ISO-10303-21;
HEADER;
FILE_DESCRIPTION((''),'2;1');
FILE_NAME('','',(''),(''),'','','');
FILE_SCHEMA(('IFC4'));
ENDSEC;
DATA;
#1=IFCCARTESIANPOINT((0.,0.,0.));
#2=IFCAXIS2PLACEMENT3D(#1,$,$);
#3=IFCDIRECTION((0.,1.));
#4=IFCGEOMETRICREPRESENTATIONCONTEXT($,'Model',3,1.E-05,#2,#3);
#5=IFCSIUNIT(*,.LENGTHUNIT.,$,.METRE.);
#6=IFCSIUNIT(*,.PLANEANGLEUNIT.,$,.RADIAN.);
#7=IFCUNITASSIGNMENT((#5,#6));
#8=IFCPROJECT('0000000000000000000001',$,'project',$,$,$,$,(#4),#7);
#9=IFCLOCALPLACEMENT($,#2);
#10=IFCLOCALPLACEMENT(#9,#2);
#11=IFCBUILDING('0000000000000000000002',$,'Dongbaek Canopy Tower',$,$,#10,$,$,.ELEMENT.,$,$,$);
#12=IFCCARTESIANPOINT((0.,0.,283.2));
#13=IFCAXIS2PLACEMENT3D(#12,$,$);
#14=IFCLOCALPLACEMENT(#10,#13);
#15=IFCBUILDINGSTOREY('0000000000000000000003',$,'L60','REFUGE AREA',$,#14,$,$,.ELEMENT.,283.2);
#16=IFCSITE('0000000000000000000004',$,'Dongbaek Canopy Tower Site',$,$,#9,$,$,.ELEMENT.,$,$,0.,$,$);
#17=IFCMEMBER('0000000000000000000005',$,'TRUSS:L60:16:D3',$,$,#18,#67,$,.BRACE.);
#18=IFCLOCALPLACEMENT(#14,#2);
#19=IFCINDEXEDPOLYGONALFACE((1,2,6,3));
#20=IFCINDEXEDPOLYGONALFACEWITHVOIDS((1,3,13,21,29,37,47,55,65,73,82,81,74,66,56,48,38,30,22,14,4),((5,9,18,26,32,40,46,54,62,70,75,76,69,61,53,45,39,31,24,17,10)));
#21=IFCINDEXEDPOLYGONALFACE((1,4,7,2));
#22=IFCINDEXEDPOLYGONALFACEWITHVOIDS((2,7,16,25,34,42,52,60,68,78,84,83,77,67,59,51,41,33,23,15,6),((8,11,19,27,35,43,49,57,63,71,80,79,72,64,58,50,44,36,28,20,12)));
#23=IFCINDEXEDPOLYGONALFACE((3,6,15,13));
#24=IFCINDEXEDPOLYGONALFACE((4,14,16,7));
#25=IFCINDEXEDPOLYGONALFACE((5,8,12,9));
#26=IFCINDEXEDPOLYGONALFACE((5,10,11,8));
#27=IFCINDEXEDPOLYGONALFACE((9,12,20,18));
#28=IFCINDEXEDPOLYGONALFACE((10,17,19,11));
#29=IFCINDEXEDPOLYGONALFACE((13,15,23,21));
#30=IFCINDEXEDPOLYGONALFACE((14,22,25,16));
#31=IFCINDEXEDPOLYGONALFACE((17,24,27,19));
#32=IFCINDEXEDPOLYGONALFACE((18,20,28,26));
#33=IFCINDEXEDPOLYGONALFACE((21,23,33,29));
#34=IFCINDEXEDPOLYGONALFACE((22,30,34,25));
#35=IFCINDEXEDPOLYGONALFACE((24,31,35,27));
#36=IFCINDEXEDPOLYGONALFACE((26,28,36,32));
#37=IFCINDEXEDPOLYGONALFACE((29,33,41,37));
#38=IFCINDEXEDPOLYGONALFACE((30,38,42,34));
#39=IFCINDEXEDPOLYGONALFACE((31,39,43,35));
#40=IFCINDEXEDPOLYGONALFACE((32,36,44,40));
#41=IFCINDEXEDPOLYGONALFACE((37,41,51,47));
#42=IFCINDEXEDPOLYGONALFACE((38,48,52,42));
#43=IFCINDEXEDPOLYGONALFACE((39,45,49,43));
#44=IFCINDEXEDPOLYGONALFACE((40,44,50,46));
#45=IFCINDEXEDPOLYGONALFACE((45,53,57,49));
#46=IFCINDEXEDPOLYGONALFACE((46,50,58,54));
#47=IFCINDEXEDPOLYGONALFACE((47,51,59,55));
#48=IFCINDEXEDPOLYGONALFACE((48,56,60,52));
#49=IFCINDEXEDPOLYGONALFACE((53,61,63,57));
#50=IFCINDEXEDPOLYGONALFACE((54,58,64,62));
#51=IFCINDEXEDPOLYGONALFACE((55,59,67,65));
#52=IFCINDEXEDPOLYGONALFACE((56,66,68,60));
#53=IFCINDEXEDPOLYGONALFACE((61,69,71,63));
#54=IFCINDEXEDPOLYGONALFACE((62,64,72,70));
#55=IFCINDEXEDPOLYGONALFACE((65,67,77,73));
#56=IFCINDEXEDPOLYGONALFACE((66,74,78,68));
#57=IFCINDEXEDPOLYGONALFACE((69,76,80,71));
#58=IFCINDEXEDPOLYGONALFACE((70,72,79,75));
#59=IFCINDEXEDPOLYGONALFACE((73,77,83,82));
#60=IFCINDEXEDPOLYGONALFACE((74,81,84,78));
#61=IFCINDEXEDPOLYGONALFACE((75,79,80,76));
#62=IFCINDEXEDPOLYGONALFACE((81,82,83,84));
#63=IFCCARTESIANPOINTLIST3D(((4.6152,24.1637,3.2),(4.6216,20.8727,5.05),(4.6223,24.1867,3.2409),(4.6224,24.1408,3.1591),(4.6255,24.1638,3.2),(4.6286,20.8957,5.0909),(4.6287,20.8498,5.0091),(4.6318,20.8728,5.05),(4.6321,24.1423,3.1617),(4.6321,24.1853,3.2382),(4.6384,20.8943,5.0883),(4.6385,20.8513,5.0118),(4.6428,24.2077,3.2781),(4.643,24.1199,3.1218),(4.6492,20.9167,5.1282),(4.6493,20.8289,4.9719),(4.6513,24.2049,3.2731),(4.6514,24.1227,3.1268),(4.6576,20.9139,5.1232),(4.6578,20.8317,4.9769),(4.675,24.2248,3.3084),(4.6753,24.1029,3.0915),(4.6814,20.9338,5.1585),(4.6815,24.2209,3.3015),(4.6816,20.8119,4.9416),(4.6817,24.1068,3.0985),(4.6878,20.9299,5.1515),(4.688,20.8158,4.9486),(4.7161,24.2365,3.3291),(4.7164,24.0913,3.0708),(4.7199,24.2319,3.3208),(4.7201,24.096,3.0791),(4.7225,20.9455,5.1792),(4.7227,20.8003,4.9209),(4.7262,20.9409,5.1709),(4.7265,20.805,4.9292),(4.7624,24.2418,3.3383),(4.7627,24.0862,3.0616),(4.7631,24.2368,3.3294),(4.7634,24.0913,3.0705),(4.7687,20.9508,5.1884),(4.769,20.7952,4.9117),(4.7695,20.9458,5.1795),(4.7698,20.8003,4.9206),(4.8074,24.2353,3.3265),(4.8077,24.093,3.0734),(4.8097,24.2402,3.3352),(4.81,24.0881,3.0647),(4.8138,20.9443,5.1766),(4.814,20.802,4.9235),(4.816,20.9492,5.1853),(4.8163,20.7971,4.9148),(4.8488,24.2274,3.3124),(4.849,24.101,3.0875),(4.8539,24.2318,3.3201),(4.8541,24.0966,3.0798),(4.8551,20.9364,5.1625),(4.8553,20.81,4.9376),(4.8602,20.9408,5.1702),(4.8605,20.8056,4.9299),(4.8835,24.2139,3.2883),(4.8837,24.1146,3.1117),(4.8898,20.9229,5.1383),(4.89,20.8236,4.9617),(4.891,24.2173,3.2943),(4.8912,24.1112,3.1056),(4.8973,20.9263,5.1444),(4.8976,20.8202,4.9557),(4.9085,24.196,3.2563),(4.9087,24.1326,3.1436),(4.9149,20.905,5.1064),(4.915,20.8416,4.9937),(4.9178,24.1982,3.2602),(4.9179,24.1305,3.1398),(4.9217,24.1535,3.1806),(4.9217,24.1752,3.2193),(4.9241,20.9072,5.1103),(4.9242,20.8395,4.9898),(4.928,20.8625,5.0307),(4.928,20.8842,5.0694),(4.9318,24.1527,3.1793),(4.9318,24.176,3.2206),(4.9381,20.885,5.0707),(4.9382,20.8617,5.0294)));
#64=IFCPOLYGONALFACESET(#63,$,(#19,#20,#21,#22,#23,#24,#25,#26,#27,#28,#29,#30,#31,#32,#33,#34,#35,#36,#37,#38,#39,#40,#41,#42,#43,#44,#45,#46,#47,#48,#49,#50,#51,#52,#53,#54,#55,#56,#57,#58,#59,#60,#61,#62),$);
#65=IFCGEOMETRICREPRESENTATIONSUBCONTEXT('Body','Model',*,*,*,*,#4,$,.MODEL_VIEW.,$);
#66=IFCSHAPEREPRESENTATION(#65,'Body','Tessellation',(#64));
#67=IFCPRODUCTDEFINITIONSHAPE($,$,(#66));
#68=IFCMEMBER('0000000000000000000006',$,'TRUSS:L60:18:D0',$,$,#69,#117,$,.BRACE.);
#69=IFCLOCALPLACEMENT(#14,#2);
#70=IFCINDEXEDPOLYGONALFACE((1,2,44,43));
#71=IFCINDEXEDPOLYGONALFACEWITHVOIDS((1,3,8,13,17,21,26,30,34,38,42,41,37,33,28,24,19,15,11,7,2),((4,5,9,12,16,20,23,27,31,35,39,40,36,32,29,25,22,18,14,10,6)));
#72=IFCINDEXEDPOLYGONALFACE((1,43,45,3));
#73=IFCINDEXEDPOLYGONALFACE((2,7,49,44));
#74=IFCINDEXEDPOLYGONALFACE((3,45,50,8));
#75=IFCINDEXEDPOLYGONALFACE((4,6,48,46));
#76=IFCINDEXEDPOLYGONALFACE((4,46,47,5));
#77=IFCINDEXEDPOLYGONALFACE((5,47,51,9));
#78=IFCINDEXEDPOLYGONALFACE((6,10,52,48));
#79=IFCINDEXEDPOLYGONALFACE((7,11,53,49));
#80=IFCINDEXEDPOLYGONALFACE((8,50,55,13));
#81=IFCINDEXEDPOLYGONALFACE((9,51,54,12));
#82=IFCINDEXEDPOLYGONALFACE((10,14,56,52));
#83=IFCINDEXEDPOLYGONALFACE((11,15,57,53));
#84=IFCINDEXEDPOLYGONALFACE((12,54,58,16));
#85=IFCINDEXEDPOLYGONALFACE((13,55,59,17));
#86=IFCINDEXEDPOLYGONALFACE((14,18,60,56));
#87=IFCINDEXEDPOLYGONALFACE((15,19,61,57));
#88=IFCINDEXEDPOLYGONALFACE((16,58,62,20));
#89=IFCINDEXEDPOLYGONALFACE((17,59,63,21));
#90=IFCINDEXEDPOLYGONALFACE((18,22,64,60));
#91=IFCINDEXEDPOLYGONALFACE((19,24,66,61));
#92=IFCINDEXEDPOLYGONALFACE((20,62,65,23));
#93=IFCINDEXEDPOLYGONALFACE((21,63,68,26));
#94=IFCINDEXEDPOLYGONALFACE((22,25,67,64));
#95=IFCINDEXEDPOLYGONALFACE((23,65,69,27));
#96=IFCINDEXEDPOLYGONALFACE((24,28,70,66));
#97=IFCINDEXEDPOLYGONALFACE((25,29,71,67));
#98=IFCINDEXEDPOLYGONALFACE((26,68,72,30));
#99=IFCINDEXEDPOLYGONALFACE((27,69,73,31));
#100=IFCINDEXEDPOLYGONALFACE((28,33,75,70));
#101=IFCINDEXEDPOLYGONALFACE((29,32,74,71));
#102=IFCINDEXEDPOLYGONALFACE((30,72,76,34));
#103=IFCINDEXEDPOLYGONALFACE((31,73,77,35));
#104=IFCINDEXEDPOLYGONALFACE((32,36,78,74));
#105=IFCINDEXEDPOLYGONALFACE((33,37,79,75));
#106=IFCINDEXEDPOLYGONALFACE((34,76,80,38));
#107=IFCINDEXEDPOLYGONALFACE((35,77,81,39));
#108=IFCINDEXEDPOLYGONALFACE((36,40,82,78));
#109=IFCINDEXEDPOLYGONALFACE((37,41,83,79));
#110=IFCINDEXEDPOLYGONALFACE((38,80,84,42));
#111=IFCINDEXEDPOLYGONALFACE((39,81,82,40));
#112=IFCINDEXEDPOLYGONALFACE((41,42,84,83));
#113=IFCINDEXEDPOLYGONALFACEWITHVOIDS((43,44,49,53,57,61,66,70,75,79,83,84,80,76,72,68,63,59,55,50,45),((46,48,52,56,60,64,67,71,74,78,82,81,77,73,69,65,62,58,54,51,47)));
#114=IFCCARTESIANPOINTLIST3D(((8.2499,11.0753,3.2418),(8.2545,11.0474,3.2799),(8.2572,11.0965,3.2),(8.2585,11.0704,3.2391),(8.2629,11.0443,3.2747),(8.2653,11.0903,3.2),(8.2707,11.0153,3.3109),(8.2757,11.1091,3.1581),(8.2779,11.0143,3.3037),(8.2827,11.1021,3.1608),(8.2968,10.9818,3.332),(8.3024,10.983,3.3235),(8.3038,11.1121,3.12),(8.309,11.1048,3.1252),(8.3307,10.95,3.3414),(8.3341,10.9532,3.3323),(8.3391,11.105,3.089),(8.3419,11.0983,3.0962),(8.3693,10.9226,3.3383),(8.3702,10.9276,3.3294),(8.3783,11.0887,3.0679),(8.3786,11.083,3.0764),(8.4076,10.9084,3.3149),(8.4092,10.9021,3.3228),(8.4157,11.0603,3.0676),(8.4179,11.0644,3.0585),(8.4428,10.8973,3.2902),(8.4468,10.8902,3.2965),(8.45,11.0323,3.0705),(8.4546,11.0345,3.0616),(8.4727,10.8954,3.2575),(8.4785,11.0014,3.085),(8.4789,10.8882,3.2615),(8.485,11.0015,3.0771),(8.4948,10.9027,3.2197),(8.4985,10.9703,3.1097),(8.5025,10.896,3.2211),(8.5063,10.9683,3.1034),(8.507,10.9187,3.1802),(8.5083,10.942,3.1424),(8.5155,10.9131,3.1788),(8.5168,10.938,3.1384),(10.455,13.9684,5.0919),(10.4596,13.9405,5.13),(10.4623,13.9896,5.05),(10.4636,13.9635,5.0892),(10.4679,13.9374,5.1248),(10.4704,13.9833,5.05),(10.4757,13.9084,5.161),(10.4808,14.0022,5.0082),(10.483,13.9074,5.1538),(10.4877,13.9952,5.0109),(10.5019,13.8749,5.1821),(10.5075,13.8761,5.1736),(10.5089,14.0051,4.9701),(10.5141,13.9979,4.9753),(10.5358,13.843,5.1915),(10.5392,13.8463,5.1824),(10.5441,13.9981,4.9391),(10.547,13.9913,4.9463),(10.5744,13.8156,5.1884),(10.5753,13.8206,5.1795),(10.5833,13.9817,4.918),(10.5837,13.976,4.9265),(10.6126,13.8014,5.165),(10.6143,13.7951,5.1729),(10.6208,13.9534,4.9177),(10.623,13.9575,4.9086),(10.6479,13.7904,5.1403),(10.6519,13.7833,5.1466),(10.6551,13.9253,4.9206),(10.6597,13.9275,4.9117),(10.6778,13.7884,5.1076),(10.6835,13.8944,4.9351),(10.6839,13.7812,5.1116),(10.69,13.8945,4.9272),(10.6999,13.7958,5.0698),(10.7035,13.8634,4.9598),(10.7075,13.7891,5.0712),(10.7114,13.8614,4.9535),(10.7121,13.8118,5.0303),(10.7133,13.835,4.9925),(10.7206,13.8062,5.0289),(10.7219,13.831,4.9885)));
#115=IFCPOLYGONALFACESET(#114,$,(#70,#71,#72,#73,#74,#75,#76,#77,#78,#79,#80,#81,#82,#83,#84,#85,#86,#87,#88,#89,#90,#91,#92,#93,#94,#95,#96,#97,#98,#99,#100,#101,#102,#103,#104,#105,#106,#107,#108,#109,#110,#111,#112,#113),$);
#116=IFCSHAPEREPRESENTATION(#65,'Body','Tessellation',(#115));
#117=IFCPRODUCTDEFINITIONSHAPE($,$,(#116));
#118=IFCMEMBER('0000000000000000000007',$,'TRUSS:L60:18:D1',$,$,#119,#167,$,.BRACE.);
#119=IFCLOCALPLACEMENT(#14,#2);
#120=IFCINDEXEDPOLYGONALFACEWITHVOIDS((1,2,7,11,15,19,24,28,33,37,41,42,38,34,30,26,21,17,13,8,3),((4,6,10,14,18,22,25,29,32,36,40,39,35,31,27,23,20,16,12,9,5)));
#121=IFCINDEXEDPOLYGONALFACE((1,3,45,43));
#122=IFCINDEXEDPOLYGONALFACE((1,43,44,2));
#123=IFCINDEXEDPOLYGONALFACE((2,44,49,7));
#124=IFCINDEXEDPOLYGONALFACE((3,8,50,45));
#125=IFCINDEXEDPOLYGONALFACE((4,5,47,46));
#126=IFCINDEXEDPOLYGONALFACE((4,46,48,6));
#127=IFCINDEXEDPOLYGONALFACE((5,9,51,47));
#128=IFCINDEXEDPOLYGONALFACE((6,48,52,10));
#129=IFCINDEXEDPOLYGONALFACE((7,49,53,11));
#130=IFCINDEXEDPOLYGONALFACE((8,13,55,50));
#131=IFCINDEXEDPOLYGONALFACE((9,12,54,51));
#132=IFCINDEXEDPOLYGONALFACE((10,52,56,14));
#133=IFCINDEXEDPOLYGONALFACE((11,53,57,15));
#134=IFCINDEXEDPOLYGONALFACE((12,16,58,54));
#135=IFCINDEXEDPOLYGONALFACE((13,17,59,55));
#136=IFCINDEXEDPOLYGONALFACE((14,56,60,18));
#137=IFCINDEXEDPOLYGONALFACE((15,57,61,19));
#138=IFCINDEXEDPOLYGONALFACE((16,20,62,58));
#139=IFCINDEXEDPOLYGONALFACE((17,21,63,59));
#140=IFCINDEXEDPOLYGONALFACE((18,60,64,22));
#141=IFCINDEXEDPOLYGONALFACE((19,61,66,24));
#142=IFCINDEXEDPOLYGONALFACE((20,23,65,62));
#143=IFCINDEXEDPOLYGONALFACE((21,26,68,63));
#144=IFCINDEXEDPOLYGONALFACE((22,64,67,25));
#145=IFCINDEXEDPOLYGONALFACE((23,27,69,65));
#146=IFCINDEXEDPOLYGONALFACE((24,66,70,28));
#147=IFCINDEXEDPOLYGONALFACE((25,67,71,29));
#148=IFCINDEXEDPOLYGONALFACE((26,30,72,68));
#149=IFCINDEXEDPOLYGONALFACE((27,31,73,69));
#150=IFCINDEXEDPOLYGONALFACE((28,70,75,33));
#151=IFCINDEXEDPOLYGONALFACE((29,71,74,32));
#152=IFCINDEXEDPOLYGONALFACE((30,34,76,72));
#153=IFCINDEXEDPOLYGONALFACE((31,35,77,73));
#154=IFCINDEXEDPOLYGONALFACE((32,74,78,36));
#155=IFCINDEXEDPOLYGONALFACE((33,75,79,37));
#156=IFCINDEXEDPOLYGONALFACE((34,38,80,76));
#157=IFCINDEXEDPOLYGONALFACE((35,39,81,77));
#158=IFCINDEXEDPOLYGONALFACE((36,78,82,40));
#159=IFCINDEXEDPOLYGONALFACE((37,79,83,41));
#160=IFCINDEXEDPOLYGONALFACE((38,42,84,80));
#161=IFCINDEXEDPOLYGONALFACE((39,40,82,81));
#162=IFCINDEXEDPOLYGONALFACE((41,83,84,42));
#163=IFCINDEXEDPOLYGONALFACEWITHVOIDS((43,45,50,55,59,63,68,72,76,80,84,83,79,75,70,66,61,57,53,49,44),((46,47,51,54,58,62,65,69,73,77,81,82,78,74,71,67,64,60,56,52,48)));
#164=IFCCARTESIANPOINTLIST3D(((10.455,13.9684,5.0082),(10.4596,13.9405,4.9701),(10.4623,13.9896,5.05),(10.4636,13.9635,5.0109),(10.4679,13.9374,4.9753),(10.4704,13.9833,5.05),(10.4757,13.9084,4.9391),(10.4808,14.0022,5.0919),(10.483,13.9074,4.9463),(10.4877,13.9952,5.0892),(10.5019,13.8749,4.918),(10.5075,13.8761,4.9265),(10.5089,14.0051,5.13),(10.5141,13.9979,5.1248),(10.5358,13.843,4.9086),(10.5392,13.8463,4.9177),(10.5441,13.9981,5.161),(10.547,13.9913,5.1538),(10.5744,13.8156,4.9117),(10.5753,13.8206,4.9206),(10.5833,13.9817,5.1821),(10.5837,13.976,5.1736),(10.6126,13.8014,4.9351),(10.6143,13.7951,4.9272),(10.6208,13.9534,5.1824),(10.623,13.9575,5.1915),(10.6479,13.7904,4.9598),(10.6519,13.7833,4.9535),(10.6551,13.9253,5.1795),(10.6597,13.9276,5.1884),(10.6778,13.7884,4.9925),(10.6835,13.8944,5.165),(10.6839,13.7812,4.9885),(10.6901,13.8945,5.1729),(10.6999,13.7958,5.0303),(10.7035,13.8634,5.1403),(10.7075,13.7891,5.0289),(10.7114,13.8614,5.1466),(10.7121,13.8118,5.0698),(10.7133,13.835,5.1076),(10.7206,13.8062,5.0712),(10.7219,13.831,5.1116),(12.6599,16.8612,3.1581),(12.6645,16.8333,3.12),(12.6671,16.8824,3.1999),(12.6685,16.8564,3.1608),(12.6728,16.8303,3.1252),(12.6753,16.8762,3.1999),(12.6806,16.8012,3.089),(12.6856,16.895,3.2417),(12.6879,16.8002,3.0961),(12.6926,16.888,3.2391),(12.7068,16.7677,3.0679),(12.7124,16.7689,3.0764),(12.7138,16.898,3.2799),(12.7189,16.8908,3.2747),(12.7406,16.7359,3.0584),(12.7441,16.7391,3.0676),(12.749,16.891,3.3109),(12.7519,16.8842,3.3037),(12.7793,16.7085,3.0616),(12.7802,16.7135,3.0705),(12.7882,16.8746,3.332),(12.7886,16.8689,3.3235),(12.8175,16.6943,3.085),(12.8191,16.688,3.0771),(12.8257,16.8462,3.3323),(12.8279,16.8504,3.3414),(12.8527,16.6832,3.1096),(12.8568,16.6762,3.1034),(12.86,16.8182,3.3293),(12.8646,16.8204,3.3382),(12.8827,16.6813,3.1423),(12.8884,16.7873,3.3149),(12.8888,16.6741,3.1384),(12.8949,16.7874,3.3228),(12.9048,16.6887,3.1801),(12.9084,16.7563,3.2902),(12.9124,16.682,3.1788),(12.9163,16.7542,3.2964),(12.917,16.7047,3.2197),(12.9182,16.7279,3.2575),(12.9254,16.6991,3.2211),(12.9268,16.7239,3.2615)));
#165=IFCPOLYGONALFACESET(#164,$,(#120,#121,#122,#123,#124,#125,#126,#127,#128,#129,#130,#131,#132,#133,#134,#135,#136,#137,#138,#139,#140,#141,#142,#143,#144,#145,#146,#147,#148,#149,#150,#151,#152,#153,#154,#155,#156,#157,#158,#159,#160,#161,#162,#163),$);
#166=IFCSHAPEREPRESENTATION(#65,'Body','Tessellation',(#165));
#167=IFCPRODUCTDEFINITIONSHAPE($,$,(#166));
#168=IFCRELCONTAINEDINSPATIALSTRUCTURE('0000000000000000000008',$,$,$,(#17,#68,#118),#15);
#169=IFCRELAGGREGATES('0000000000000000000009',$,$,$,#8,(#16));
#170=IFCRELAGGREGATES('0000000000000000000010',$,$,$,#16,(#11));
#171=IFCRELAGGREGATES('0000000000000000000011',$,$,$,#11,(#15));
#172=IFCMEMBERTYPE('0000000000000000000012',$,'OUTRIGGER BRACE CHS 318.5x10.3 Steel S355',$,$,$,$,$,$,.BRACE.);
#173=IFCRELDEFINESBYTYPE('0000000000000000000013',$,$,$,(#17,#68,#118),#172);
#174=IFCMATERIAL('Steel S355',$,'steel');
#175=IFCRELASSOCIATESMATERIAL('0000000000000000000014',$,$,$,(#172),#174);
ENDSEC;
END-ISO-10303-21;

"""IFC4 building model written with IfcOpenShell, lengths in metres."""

from ifc_helpers import new_model, si_unit, direction, frame, origin, origin_2d, place, context, subcontext, project, spatial, hollow_circle, extrude, material, material_profile, profile_set, type_object, element, save


model = new_model("IFC4")

# Units and contexts
model_context = context("Model", 3, precision=1e-05, world=origin(), true_north=direction((0.0, 1.0)))
body_context = subcontext(model_context, "Body", "Model", "MODEL_VIEW")
ifc_project = project(units=[si_unit("LENGTHUNIT", "METRE"), si_unit("PLANEANGLEUNIT", "RADIAN")], contexts=[model_context])

# Site, building, storey
site_placement = place(None, origin())
site = spatial("IfcSite", under=ifc_project, at=site_placement, Name="Dongbaek Canopy Tower Site", CompositionType="ELEMENT", RefElevation=0.0)
building_placement = place(site_placement, origin())
building = spatial("IfcBuilding", under=site, at=building_placement, Name="Dongbaek Canopy Tower", CompositionType="ELEMENT")
storey_placement = place(building_placement, frame((0.0, 0.0, 283.2)))
storey = spatial("IfcBuildingStorey", under=building, at=storey_placement, Name="L60", Description="REFUGE AREA", CompositionType="ELEMENT", Elevation=283.2)

# Members
ifc_material_1 = material(Name="Steel S355", Category="steel")
ifc_material_profile_1 = material_profile(ifc_material_1, hollow_circle(Radius=0.1592, WallThickness=0.0103, at=origin_2d()), Name="OUTRIGGER BRACE CHS 318.5x10.3 Steel S355")
ifc_profile_set_1 = profile_set([ifc_material_profile_1], Name="Steel S355")
member_type_1 = type_object("IfcMemberType", Name="OUTRIGGER BRACE CHS 318.5x10.3 Steel S355", PredefinedType="BRACE", material=ifc_profile_set_1)
for number, where, z_axis, x_axis, name in (
    (1, (4.7808, 20.873, 5.05), (-0.001681, 0.871699, -0.490039), (-0.999998, -0.001929, 0.0), "TRUSS:L60:16:D3"),
):
    element("IfcMember", number, at=place(storey_placement, frame(where, z_axis=z_axis, x_axis=x_axis)), inside=storey, type_object=member_type_1, Name=name, PredefinedType="BRACE", context=body_context, shape_type="SweptSolid", body=[
        extrude(hollow_circle(Radius=0.1592, WallThickness=0.0103, at=origin_2d()), origin(), (0.0, 0.0, 1.0), 3.7754),
    ])
member_1_placement = place(storey_placement, frame((8.3838, 11.0, 3.2), z_axis=(0.54032, 0.7089, 0.453337), x_axis=(-0.795321, 0.606189, 0.0)))
element("IfcMember", 2, at=member_1_placement, inside=storey, type_object=member_type_1, Name="TRUSS:L60:18:D0", PredefinedType="BRACE", context=body_context, shape_type="SweptSolid", body=[
    extrude(hollow_circle(Radius=0.1592, WallThickness=0.0103, at=origin_2d()), origin(), (0.0, 0.0, 1.0), 4.0811),
])
member_2_placement = place(storey_placement, frame((10.5889, 13.8931, 5.05), z_axis=(0.5403, 0.708894, -0.453371), x_axis=(-0.795328, 0.606179, 0.0)))
element("IfcMember", 3, at=member_2_placement, inside=storey, type_object=member_type_1, Name="TRUSS:L60:18:D1", PredefinedType="BRACE", context=body_context, shape_type="SweptSolid", body=[
    extrude(hollow_circle(Radius=0.1592, WallThickness=0.0103, at=origin_2d()), origin(), (0.0, 0.0, 1.0), 4.0808),
])

save(model, "model.ifc")
